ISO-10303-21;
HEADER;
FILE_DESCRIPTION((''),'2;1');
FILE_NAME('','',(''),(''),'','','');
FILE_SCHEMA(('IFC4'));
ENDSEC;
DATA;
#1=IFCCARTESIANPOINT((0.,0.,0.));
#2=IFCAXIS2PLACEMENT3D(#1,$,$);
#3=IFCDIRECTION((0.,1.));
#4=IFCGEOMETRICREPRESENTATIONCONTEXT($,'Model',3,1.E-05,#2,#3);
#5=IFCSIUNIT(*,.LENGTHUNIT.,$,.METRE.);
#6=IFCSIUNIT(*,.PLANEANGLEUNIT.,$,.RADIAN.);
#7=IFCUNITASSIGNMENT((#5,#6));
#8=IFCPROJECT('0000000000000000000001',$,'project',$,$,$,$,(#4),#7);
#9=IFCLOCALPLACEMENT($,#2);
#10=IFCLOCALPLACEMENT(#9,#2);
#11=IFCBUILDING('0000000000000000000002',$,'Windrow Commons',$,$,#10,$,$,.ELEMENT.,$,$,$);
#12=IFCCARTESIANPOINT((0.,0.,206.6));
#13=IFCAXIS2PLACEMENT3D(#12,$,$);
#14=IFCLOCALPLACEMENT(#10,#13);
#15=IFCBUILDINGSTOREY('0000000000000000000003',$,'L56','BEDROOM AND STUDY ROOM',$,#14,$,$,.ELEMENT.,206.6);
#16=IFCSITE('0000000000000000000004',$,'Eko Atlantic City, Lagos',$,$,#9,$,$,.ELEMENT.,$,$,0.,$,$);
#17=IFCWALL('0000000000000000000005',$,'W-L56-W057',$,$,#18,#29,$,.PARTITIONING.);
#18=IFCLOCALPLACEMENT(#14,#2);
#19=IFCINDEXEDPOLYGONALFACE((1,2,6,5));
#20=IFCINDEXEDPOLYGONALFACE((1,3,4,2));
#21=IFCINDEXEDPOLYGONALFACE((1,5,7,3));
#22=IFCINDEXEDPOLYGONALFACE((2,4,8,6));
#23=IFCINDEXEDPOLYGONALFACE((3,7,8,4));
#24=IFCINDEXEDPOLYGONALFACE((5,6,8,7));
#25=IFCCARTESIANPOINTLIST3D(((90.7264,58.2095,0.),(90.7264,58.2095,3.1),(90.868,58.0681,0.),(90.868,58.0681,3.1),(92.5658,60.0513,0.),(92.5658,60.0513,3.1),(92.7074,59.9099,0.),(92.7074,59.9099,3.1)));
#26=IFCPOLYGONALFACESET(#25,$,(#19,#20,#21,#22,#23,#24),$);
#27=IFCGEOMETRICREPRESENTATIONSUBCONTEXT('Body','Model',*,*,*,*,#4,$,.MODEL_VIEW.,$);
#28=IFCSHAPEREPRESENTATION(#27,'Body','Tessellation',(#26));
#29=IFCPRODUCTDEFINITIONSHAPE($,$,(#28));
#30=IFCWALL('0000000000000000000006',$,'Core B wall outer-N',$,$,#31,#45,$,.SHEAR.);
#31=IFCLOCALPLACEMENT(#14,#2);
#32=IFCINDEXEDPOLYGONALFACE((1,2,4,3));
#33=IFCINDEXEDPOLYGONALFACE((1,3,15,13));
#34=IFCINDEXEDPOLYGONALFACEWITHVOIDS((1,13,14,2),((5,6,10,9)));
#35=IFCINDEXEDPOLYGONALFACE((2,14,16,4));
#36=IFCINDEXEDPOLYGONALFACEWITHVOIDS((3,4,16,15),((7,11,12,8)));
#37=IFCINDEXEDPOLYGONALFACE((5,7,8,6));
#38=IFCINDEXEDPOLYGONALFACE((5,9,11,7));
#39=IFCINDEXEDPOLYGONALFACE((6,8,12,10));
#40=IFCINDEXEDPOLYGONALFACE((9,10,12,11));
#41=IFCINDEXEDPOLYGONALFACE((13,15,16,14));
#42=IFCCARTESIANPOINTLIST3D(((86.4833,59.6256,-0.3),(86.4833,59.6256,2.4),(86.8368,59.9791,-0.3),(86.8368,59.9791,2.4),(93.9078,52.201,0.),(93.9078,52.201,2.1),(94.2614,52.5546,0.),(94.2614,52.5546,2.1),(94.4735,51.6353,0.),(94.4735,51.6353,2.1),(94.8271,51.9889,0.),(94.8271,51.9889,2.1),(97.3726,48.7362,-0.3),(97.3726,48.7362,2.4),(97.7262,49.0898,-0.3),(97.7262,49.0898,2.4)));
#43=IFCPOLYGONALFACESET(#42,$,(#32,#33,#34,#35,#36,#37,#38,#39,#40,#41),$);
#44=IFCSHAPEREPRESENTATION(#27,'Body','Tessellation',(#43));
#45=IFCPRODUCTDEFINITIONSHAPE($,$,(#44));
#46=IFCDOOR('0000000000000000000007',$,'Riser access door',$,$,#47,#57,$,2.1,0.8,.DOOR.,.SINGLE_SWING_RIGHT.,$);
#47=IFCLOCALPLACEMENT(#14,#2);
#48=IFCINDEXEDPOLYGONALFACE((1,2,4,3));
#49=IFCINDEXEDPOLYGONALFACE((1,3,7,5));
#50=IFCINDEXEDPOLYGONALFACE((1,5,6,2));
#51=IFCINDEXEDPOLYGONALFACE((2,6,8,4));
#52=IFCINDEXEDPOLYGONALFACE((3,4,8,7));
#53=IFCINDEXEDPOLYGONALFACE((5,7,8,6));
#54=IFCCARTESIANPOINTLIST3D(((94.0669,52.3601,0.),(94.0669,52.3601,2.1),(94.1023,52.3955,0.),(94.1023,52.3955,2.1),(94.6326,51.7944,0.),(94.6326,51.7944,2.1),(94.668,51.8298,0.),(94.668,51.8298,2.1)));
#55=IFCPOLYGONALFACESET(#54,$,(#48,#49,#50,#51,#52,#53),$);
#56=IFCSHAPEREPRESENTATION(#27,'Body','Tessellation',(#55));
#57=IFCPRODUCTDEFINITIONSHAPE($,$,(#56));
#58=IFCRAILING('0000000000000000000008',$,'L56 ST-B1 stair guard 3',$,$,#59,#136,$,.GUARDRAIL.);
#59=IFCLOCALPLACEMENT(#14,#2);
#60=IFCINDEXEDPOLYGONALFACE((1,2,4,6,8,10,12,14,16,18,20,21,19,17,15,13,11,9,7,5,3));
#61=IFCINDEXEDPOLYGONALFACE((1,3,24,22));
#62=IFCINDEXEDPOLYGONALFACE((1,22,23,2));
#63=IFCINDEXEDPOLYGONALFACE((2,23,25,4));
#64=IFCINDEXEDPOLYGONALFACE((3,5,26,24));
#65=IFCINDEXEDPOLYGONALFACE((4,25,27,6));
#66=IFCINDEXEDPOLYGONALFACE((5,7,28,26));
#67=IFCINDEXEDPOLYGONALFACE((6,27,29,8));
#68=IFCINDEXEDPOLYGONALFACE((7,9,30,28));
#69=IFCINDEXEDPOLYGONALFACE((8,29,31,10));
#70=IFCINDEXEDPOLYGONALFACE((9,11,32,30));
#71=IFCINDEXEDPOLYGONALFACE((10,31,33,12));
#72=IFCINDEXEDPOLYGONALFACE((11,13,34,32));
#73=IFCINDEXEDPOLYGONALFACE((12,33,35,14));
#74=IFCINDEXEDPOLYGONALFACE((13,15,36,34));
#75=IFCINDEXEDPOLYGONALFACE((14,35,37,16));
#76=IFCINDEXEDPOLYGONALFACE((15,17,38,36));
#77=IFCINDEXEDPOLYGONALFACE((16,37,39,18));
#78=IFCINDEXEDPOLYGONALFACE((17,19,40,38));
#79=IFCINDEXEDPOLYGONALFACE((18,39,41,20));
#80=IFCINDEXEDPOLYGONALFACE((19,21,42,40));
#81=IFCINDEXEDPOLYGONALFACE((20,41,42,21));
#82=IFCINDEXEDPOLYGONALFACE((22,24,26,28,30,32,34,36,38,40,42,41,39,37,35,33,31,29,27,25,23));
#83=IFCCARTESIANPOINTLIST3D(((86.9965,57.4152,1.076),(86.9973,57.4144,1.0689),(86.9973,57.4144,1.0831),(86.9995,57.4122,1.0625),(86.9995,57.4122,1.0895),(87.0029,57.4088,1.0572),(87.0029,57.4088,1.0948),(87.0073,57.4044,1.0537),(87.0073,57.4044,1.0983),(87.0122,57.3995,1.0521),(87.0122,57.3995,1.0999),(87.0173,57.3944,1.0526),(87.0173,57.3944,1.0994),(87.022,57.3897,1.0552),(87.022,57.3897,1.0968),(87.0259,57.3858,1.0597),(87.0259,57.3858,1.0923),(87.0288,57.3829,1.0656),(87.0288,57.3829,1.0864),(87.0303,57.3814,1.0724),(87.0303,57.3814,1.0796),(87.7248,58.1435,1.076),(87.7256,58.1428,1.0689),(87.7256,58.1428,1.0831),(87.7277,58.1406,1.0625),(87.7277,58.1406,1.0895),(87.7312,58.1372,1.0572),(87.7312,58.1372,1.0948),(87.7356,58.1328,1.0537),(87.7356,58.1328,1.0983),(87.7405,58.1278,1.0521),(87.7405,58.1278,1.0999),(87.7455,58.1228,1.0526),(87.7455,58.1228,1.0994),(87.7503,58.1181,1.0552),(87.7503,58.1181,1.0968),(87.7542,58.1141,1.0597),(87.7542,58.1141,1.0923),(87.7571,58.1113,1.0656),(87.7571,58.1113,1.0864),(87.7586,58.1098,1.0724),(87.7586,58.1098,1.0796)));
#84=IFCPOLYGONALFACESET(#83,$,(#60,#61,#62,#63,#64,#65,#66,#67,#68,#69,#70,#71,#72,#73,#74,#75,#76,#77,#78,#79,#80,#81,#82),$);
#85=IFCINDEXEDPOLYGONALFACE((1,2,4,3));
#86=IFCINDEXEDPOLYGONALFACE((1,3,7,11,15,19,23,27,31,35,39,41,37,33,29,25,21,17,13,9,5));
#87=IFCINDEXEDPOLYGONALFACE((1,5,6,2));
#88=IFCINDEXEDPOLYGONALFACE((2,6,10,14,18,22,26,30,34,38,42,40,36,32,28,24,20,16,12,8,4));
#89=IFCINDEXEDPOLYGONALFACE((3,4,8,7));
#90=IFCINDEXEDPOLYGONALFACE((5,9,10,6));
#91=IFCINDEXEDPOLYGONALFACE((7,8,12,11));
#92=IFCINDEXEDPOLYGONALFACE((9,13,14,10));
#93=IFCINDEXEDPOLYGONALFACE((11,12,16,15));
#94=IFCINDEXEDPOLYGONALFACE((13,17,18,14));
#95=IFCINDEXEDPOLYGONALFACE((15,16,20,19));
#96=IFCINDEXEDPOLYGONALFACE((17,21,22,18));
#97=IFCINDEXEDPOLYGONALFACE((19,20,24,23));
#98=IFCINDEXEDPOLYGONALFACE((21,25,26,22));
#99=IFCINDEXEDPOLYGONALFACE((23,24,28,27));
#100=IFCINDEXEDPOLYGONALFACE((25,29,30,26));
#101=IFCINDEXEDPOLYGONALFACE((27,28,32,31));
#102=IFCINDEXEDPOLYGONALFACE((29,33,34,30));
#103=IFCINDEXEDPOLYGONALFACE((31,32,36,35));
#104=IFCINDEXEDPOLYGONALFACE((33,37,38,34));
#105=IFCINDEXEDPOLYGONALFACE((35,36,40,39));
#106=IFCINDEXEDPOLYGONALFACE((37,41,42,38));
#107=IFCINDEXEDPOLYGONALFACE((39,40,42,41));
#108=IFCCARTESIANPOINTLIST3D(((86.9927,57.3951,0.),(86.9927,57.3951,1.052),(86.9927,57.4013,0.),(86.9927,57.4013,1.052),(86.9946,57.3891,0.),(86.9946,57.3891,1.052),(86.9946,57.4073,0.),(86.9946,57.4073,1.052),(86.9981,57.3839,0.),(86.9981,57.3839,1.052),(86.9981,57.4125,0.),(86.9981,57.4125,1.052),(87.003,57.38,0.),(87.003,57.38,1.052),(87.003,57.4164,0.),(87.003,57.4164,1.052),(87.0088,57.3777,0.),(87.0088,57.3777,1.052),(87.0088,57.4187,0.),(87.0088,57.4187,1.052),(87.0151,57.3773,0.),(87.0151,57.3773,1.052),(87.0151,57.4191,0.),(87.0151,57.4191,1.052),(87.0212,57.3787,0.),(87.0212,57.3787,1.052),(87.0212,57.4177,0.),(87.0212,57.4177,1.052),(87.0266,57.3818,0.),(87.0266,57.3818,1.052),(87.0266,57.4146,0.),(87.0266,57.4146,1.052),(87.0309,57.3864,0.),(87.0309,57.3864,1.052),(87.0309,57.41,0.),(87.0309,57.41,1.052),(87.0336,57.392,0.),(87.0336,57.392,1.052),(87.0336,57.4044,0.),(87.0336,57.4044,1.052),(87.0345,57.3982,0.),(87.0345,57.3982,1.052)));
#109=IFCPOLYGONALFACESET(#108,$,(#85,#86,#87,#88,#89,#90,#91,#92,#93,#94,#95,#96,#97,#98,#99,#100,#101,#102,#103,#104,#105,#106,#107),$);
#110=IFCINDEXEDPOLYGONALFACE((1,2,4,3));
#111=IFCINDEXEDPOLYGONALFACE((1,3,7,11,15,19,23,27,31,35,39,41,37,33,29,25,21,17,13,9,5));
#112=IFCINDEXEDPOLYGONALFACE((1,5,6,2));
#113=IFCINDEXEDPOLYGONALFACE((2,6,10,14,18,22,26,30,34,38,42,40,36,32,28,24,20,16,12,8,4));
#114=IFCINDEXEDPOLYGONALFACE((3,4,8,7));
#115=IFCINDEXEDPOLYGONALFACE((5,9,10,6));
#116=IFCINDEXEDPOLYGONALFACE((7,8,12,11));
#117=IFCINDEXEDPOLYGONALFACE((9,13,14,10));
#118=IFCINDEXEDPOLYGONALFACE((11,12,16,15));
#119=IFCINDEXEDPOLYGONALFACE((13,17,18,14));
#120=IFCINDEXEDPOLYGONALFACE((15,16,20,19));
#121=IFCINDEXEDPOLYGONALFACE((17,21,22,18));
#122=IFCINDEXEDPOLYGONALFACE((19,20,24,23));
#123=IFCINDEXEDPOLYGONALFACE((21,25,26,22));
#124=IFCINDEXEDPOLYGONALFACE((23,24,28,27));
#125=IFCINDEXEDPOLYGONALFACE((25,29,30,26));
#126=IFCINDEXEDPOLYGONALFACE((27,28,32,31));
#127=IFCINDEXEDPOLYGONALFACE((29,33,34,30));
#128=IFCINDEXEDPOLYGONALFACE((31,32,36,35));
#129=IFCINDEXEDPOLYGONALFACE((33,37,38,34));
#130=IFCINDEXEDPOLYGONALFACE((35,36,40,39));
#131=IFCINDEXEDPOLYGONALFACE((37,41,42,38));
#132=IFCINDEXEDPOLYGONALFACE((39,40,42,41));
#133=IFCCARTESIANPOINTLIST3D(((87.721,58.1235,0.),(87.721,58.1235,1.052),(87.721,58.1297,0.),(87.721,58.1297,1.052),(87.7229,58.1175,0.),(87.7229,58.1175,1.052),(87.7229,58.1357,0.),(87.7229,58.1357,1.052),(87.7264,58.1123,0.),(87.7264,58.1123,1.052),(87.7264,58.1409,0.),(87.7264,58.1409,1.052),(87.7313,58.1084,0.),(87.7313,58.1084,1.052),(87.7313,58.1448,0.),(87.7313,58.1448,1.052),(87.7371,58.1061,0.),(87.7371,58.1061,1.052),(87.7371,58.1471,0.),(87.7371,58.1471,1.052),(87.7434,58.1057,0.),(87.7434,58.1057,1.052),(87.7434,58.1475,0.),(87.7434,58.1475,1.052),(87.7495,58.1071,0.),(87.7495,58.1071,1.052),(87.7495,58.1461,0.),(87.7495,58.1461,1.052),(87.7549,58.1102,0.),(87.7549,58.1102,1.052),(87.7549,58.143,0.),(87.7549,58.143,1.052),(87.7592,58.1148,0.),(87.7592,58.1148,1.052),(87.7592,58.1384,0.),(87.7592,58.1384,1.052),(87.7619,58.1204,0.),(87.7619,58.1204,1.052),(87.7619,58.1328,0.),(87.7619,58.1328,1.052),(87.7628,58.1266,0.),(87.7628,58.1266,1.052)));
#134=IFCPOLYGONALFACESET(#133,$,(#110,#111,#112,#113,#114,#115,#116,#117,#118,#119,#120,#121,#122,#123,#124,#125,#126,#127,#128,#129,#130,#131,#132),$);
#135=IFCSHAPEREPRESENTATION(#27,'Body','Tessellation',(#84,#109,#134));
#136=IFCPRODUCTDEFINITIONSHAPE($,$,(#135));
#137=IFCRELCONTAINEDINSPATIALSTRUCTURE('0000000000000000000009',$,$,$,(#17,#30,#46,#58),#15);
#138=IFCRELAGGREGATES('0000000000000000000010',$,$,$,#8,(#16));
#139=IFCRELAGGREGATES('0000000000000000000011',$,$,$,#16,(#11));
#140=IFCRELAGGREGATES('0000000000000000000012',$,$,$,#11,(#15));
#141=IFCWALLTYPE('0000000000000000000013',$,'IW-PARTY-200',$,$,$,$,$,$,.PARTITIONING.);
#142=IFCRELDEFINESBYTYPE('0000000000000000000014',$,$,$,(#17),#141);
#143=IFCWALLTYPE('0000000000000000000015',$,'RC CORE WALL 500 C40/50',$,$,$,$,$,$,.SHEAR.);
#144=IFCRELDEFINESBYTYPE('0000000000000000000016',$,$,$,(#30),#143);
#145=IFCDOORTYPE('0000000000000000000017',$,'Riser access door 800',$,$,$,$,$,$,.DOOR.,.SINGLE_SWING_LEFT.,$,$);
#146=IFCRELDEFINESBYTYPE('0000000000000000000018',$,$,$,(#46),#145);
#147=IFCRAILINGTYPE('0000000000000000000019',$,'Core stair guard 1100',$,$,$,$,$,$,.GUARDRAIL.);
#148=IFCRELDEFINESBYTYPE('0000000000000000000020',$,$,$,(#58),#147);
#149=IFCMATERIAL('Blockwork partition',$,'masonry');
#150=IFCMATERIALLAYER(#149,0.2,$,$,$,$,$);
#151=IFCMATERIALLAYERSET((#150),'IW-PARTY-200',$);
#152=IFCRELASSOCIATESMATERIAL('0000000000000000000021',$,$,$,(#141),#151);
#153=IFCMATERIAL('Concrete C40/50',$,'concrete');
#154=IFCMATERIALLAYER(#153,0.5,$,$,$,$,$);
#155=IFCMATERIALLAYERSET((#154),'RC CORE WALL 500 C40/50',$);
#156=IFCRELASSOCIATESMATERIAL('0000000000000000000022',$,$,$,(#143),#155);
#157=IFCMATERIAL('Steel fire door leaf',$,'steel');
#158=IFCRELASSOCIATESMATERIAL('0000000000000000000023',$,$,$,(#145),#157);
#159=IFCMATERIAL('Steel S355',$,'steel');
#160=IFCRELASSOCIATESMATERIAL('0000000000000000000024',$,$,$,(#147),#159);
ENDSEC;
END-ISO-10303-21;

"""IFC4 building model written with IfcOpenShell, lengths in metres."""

from ifc_helpers import new_model, si_unit, direction, frame, frame_2d, origin, origin_2d, place, context, subcontext, project, spatial, rectangle, circle, extrude, material, layer, layer_set, type_object, element, fill, save


model = new_model("IFC4")

# Units and contexts
model_context = context("Model", 3, precision=1e-05, world=origin(), true_north=direction((0.0, 1.0)))
body_context = subcontext(model_context, "Body", "Model", "MODEL_VIEW")
ifc_project = project(units=[si_unit("LENGTHUNIT", "METRE"), si_unit("PLANEANGLEUNIT", "RADIAN")], contexts=[model_context])

# Site, building, storey
site_placement = place(None, origin())
site = spatial("IfcSite", under=ifc_project, at=site_placement, Name="Eko Atlantic City, Lagos", CompositionType="ELEMENT", RefElevation=0.0)
building_placement = place(site_placement, origin())
building = spatial("IfcBuilding", under=site, at=building_placement, Name="Windrow Commons", CompositionType="ELEMENT")
storey_placement = place(building_placement, frame((0.0, 0.0, 206.6)))
storey = spatial("IfcBuildingStorey", under=building, at=storey_placement, Name="L56", Description="BEDROOM AND STUDY ROOM", CompositionType="ELEMENT", Elevation=206.6)

# Wall
ifc_material_1 = material(Name="Blockwork partition", Category="masonry")
ifc_layer_1 = layer(ifc_material_1, 0.2)
ifc_layer_set_1 = layer_set([ifc_layer_1], Name="IW-PARTY-200")
wall_type_1 = type_object("IfcWallType", Name="IW-PARTY-200", PredefinedType="PARTITIONING", material=ifc_layer_set_1)
wall_1_placement = place(storey_placement, frame((90.7972, 58.1388, 0.0), z_axis=(0.0, 0.0, 1.0), x_axis=(0.706646, 0.707568, 0.0)))
element("IfcWall", 1, at=wall_1_placement, inside=storey, type_object=wall_type_1, Name="W-L56-W057", PredefinedType="PARTITIONING", context=body_context, shape_type="SweptSolid", body=[
    extrude(rectangle(XDim=2.603, YDim=0.2, at=frame_2d((1.3015, 0.0))), origin(), (0.0, 0.0, 1.0), 3.1),
])

# Wall, opening, door
ifc_material_2 = material(Name="Concrete C40/50", Category="concrete")
ifc_layer_2 = layer(ifc_material_2, 0.5)
ifc_layer_set_2 = layer_set([ifc_layer_2], Name="RC CORE WALL 500 C40/50")
wall_type_2 = type_object("IfcWallType", Name="RC CORE WALL 500 C40/50", PredefinedType="SHEAR", material=ifc_layer_set_2)
wall_2_placement = place(storey_placement, frame((86.66, 59.8024, -0.3), z_axis=(0.0, 0.0, 1.0), x_axis=(0.707107, -0.707107, 0.0)))
wall_2 = element("IfcWall", 2, at=wall_2_placement, inside=storey, type_object=wall_type_2, Name="Core B wall outer-N", PredefinedType="SHEAR", context=body_context, shape_type="SweptSolid", body=[
    extrude(rectangle(XDim=15.3999, YDim=0.5, at=frame_2d((7.7, 0.0))), origin(), (0.0, 0.0, 1.0), 2.7),
])
opening_1_placement = place(wall_2_placement, frame((10.5, 0.0, 0.3)))
opening_1 = element("IfcOpeningElement", 3, at=opening_1_placement, cuts=wall_2, PredefinedType="OPENING", context=body_context, shape_type="SweptSolid", body=[
    extrude(rectangle(XDim=0.8, YDim=2.1, at=frame_2d((0.4, 1.05))), frame((0.0, 0.26, 0.0), z_axis=(0.0, -1.0, 0.0), x_axis=(1.0, 0.0, 0.0)), (0.0, 0.0, 1.0), 0.52),
])
ifc_material_3 = material(Name="Steel fire door leaf", Category="steel")
door_type_1 = type_object("IfcDoorType", Name="Riser access door 800", OperationType="SINGLE_SWING_LEFT", PredefinedType="DOOR", material=ifc_material_3)
door_1_placement = place(opening_1_placement, origin())
door_1 = element("IfcDoor", 4, at=door_1_placement, inside=storey, type_object=door_type_1, Name="Riser access door", OperationType="SINGLE_SWING_RIGHT", OverallHeight=2.1, OverallWidth=0.8, PredefinedType="DOOR", context=body_context, shape_type="SweptSolid", body=[
    extrude(rectangle(XDim=0.8, YDim=2.1, at=frame_2d((0.4, 1.05))), frame((0.0, 0.025, 0.0), z_axis=(0.0, -1.0, 0.0), x_axis=(1.0, 0.0, 0.0)), (0.0, 0.0, 1.0), 0.05),
])
fill(opening_1, door_1)

# Railing
ifc_material_4 = material(Name="Steel S355", Category="steel")
railing_type = type_object("IfcRailingType", Name="Core stair guard 1100", PredefinedType="GUARDRAIL", material=ifc_material_4)
railing_placement = place(storey_placement, frame((87.0135, 57.3982, 0.0)))
element("IfcRailing", 5, at=railing_placement, inside=storey, type_object=railing_type, Name="L56 ST-B1 stair guard 3", PredefinedType="GUARDRAIL", context=body_context, shape_type="SweptSolid", body=[
    extrude(circle(Radius=0.024, at=origin_2d()), frame((0.0, 0.0, 1.076), z_axis=(0.707058, 0.707155, 0.0), x_axis=(-0.707155, 0.707058, 0.0)), (0.0, 0.0, 1.0), 1.03),
    extrude(circle(Radius=0.021, at=origin_2d()), origin(), (0.0, 0.0, 1.0), 1.052),
    extrude(circle(Radius=0.021, at=origin_2d()), frame((0.7283, 0.7284, 0.0)), (0.0, 0.0, 1.0), 1.052),
])

save(model, "model.ifc")
